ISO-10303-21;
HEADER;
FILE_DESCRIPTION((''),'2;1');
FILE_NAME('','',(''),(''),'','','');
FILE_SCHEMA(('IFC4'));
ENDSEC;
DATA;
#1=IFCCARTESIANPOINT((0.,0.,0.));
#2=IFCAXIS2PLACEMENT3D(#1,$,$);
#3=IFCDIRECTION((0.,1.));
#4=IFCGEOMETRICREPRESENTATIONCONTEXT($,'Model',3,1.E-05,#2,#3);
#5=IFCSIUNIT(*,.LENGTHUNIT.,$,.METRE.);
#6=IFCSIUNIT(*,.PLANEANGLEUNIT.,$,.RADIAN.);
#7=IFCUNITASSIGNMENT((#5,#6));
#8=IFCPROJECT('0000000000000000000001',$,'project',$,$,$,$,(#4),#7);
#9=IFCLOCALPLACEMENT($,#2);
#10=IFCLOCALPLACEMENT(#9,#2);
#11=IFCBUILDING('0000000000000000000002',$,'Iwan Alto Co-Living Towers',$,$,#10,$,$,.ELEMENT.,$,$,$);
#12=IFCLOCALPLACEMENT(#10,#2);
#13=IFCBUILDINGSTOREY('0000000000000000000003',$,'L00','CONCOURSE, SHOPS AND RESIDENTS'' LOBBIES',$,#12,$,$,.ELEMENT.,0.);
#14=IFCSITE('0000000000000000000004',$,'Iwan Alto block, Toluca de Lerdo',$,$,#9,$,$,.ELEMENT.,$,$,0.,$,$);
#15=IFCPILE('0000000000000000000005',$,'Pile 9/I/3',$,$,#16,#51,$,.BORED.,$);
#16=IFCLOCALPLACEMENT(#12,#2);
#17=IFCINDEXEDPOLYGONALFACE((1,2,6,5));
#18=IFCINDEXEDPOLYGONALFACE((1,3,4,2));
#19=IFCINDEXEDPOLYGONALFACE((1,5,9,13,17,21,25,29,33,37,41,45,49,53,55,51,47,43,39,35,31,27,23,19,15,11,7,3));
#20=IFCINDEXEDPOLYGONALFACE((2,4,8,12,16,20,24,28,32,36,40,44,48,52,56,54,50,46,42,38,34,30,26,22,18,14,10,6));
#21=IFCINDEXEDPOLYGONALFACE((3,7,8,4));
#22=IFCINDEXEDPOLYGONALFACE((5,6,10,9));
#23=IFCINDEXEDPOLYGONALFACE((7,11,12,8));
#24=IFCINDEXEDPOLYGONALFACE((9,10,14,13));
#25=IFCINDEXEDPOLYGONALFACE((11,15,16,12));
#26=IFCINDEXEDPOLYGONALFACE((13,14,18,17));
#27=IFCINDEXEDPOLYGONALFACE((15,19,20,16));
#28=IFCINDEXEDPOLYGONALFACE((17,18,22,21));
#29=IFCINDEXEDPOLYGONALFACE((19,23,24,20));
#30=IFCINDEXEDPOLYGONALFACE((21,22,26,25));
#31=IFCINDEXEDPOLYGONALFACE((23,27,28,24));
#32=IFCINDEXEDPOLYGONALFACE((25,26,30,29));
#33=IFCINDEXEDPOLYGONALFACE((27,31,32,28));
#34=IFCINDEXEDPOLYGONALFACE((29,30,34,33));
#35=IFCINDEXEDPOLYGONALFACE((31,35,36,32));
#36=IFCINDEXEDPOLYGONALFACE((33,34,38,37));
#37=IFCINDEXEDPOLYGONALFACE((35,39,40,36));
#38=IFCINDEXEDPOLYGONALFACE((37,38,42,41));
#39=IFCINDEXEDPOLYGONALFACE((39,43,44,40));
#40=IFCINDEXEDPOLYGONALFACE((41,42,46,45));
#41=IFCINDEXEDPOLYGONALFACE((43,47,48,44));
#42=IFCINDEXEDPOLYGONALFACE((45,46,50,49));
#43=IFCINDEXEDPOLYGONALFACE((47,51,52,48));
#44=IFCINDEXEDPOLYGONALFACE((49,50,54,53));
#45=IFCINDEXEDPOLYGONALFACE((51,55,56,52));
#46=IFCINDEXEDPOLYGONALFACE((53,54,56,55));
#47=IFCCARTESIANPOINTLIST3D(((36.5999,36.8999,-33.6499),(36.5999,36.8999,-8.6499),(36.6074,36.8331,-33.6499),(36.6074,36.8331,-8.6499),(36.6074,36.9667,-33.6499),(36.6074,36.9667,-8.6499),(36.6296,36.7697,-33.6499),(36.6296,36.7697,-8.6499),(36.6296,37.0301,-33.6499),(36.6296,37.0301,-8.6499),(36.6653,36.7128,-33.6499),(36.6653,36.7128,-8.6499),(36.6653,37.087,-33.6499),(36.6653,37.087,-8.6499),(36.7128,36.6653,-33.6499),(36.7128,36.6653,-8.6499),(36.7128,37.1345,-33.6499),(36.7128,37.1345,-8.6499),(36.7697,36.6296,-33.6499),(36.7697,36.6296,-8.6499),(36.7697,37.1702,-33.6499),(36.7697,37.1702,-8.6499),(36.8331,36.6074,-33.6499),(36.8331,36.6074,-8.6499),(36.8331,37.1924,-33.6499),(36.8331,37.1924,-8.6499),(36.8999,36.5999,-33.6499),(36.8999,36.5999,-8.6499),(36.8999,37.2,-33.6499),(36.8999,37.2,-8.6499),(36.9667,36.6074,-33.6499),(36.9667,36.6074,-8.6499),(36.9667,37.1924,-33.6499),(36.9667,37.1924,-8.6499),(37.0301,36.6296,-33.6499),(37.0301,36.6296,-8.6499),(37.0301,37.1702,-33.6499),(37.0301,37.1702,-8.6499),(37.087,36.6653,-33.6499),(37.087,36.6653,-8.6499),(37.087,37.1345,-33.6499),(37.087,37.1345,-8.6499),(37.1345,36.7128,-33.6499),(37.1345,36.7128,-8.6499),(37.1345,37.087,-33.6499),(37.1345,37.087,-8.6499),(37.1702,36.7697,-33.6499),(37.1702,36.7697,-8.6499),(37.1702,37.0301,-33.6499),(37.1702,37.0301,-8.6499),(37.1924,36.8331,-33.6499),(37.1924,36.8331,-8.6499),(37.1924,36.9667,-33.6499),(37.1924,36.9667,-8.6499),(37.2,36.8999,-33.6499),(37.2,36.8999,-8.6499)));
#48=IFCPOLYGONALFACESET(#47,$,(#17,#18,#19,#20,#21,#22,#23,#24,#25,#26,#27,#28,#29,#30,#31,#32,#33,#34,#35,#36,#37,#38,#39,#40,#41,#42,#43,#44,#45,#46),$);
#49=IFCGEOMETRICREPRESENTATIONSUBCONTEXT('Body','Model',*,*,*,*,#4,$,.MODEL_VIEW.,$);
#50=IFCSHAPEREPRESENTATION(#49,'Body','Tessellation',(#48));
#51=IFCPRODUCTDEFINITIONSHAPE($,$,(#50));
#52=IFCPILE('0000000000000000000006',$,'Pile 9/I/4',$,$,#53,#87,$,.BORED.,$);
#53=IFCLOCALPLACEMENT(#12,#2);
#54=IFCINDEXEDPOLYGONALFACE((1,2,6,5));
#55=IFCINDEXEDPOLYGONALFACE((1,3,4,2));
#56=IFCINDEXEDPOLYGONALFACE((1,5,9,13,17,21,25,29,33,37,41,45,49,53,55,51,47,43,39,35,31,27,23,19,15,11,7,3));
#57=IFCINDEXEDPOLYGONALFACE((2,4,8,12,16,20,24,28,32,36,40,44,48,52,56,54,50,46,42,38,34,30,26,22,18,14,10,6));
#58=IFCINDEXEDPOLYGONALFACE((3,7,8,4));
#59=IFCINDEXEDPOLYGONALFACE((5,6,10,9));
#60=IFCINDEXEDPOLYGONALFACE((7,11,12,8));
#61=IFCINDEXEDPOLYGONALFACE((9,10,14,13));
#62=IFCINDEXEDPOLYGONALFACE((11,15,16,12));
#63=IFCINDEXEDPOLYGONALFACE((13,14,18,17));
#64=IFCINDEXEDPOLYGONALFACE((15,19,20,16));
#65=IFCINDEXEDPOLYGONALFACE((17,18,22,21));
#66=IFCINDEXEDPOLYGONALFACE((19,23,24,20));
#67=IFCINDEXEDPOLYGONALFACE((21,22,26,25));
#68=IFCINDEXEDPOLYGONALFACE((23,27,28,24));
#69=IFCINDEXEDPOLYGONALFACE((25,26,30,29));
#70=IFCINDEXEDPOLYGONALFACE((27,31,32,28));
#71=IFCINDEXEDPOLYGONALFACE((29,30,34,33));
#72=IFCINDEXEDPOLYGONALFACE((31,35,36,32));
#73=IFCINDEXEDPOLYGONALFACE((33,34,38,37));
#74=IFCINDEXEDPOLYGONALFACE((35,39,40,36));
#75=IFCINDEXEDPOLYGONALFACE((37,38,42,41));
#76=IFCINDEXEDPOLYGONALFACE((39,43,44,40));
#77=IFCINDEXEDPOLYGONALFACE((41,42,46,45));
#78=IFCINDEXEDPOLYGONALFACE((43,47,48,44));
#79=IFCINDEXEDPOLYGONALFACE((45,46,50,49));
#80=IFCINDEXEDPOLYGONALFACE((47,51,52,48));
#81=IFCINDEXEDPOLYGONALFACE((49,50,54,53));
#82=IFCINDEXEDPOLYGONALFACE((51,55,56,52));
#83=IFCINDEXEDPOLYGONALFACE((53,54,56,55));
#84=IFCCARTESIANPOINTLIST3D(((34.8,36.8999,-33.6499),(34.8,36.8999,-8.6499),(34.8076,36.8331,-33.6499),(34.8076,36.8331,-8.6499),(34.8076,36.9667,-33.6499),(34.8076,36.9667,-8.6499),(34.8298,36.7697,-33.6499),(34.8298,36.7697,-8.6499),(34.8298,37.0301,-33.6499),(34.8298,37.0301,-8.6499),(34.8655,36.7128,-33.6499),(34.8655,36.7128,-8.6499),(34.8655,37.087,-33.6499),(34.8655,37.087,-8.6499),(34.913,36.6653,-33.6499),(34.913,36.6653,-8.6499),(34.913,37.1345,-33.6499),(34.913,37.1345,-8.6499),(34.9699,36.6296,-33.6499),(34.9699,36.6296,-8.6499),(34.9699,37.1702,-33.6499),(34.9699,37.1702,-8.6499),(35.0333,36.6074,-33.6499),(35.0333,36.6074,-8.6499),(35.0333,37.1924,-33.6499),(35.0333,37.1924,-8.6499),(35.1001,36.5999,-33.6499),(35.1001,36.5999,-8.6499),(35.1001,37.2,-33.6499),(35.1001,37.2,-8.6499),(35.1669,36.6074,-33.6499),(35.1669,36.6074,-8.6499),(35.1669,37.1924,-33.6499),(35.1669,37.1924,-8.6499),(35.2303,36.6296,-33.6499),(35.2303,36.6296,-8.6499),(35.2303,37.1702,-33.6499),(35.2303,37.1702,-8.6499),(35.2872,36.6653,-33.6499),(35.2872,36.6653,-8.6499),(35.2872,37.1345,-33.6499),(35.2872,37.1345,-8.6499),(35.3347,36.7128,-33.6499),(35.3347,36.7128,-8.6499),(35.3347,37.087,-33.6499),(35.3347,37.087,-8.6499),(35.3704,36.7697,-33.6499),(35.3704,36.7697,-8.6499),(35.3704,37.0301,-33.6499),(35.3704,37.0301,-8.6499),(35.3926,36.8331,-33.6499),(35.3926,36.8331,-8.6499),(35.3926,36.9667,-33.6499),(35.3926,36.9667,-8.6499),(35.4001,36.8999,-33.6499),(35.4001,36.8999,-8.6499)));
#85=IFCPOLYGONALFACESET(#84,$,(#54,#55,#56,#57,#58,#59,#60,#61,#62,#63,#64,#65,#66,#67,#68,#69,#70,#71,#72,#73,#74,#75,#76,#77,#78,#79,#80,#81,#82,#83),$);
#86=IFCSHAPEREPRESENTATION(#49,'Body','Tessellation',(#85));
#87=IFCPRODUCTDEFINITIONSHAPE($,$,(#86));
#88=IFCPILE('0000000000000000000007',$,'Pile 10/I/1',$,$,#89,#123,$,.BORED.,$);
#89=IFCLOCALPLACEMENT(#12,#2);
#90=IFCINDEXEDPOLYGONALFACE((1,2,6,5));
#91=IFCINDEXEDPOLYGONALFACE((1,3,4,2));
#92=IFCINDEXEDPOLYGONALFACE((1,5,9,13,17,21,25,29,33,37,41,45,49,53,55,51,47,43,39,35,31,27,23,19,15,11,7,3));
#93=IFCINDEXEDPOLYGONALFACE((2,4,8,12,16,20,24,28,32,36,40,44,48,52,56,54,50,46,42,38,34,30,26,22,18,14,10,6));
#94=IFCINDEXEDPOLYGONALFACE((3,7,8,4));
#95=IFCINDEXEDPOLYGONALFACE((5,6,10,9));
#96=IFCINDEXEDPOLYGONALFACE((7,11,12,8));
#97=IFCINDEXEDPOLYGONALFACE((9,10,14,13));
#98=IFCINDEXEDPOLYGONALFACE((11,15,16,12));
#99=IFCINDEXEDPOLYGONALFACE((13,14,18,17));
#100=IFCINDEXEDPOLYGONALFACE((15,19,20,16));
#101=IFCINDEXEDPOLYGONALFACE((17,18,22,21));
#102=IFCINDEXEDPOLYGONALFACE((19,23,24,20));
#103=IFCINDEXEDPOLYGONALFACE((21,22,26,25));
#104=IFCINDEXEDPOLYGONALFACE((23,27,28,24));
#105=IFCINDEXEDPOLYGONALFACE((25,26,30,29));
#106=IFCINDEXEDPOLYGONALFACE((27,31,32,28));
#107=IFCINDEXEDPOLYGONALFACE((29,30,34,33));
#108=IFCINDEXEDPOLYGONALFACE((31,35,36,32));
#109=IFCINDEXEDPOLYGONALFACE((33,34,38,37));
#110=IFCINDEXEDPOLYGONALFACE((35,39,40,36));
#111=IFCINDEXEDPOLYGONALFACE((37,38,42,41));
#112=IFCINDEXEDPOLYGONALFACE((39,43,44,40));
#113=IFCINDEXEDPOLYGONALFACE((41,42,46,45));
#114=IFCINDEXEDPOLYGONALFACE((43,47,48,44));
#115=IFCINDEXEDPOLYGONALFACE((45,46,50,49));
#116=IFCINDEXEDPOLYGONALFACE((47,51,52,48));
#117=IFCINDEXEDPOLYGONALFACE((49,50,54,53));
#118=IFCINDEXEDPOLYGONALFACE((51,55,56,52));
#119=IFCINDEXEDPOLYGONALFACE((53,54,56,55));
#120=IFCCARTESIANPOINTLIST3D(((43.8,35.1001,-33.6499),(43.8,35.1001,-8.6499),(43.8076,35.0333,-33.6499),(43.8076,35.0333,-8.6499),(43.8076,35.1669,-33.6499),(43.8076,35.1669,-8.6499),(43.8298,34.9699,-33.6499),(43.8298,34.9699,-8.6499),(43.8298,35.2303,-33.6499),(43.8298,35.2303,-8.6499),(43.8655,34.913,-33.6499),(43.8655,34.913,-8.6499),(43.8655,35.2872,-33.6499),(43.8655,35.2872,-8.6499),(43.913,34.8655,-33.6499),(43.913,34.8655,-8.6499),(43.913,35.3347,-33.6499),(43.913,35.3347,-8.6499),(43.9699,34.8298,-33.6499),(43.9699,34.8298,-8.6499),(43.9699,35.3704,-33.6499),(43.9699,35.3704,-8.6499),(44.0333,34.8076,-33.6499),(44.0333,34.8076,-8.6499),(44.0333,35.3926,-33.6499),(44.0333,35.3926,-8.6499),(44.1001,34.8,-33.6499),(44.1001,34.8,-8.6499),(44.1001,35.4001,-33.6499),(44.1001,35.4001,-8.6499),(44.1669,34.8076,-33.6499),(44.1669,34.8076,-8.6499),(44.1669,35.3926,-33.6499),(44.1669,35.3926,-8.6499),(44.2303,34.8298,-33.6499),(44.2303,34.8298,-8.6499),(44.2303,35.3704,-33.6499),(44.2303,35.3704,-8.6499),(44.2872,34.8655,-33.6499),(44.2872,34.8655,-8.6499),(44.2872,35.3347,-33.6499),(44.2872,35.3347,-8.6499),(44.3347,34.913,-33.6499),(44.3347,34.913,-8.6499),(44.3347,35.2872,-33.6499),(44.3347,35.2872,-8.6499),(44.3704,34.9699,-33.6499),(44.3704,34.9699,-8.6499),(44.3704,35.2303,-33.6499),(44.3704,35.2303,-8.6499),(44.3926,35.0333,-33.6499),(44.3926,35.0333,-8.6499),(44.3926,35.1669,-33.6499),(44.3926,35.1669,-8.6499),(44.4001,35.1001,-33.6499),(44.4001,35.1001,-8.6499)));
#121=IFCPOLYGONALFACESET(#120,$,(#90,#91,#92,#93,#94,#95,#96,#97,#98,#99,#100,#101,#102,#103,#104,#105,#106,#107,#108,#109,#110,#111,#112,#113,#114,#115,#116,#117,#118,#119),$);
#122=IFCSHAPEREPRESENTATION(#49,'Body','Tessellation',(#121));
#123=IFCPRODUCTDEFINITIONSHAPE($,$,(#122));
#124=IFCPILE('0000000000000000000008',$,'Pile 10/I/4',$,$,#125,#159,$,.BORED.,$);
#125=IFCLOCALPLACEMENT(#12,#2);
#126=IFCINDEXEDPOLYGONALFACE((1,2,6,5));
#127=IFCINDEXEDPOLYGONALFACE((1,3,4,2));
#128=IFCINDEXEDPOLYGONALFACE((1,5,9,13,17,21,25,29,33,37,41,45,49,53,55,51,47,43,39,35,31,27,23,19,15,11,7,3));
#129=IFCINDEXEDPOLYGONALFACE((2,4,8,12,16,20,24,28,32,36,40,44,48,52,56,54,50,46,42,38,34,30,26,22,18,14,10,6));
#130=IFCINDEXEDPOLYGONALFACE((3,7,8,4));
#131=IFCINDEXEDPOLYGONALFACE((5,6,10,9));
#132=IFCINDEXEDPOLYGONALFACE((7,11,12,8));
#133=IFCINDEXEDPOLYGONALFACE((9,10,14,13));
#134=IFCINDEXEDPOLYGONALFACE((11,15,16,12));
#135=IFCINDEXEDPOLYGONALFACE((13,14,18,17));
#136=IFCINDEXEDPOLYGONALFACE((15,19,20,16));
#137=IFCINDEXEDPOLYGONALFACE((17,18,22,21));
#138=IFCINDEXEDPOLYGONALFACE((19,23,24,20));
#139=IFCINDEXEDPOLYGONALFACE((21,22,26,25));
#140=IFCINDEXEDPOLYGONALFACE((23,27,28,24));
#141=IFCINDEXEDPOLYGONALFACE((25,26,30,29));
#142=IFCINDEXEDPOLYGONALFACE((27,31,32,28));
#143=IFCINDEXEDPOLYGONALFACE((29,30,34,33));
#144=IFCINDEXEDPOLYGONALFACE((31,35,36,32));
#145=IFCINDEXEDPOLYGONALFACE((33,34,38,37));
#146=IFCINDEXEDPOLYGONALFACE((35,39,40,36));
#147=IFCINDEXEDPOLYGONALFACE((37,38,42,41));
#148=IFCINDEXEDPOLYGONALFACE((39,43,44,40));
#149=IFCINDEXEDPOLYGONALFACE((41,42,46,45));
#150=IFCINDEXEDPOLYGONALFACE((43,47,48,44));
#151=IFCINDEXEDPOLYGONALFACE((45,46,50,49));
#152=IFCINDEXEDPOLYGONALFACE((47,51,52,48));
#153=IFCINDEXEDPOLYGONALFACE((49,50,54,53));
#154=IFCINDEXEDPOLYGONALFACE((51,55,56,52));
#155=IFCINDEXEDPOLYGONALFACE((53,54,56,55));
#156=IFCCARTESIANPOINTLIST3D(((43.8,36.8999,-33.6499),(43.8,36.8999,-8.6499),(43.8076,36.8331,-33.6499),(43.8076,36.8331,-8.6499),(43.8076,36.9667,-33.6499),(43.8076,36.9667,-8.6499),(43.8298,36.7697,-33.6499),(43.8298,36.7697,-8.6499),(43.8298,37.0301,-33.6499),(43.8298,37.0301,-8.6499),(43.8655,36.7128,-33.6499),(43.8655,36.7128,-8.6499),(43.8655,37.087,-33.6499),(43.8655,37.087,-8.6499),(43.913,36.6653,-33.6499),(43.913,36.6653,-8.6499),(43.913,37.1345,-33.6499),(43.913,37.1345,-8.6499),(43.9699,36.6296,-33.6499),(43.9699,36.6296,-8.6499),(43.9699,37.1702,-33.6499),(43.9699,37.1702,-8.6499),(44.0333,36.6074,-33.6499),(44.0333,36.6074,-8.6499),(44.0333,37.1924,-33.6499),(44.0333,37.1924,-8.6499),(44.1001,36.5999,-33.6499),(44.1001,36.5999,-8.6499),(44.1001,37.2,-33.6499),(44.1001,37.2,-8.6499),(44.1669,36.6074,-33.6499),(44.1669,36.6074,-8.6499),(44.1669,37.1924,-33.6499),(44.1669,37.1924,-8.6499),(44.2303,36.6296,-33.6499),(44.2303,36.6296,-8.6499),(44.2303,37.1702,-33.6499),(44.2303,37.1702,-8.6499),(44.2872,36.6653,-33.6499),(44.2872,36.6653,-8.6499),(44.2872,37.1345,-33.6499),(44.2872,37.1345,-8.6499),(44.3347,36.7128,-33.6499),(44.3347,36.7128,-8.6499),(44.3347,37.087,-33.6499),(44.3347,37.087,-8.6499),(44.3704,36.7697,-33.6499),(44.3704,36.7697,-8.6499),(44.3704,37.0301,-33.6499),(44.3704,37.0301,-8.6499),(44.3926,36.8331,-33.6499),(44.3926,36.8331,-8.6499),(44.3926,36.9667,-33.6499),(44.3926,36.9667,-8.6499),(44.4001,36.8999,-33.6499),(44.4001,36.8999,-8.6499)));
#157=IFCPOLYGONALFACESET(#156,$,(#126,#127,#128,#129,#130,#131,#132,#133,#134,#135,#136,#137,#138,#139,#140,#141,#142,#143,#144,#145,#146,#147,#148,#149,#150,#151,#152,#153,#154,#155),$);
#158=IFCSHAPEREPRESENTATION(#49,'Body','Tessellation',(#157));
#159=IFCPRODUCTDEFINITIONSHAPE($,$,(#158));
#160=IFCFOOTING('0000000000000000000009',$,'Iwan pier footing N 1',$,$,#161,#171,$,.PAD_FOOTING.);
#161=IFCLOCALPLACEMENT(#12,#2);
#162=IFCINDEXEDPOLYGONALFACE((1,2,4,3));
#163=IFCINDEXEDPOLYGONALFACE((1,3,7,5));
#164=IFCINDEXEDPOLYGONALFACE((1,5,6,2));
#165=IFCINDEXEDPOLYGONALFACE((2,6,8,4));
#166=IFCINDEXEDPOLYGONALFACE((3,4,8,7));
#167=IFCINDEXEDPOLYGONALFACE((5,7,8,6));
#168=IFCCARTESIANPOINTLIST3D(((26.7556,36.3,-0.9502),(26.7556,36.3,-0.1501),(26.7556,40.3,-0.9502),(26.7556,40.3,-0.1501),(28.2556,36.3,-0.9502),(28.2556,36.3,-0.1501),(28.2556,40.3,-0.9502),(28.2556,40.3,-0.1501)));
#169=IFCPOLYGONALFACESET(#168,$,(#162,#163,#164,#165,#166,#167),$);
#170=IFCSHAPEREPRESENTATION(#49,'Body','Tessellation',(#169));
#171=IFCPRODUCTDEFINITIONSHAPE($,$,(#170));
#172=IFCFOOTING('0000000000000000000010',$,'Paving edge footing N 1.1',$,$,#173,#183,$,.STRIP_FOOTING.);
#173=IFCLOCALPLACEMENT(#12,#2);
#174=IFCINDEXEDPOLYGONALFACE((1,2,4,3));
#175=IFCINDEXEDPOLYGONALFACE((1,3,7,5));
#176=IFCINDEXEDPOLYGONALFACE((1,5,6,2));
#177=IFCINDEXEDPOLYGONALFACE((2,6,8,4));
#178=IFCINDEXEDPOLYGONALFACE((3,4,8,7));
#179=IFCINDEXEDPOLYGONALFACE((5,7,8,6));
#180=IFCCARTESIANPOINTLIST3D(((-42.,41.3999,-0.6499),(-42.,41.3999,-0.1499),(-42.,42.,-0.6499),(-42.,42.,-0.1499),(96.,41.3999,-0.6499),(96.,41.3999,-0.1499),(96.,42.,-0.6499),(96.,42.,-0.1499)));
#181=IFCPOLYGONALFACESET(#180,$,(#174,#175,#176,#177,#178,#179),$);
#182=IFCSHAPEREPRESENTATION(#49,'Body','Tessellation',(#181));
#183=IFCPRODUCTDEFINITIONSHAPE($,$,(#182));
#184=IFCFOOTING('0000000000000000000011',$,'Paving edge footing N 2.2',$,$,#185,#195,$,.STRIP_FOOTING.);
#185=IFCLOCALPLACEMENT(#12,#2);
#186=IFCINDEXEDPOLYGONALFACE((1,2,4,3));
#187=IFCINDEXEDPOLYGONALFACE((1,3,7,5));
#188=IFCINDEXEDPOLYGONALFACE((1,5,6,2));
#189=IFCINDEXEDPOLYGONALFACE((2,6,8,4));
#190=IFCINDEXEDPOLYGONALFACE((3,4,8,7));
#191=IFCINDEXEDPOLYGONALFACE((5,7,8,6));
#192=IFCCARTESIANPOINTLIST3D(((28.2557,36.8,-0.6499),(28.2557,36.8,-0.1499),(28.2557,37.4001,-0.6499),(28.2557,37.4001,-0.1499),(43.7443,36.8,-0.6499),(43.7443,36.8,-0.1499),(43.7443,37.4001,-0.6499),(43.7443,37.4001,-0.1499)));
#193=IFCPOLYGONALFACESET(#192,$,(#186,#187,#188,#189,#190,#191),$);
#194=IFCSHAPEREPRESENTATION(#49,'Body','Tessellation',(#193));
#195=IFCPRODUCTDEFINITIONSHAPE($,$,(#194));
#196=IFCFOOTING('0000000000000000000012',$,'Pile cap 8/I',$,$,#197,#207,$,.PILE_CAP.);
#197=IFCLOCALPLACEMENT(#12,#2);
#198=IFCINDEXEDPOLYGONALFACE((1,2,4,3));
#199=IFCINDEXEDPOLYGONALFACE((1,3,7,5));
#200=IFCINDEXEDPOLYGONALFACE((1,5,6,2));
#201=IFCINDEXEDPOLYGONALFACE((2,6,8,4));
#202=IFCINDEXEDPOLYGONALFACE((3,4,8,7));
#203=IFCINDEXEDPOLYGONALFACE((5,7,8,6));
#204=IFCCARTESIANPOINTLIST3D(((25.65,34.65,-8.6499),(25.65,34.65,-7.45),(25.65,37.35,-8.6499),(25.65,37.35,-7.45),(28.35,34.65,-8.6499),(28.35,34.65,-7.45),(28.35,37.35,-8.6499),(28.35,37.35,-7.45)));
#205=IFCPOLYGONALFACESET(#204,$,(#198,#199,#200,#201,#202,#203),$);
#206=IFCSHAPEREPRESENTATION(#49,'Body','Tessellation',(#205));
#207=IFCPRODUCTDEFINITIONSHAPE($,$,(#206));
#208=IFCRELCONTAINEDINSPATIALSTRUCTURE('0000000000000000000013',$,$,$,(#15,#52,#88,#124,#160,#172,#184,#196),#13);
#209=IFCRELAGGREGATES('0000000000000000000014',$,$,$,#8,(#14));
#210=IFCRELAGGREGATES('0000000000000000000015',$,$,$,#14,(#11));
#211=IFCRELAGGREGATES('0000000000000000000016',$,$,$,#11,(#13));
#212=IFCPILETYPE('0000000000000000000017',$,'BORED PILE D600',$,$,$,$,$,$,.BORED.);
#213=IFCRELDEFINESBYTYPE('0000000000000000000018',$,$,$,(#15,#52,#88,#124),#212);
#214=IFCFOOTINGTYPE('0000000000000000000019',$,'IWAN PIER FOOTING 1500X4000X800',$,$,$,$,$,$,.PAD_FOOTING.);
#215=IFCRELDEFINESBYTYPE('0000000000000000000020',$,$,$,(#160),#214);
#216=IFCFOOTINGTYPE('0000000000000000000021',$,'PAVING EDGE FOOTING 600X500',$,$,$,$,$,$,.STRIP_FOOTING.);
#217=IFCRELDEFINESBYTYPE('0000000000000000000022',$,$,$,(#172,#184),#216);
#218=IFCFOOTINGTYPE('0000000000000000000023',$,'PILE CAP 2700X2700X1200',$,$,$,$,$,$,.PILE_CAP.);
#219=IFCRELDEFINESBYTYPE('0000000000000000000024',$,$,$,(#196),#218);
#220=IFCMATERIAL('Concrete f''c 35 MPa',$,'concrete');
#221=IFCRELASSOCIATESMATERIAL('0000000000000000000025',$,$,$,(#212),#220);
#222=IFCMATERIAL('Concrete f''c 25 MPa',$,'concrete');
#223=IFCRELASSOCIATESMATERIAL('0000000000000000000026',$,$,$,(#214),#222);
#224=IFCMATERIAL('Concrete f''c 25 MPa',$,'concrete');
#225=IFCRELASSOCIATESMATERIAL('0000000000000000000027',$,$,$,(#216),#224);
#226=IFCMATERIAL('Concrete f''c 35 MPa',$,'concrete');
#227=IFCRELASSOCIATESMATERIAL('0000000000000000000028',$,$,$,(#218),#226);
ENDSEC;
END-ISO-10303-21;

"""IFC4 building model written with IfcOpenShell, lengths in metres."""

from ifc_helpers import new_model, si_unit, direction, frame, origin, origin_2d, place, context, subcontext, project, spatial, rectangle, circle, extrude, material, material_profile, profile_set, type_object, element, save


model = new_model("IFC4")

# Units and contexts
model_context = context("Model", 3, precision=1e-05, world=origin(), true_north=direction((0.0, 1.0)))
body_context = subcontext(model_context, "Body", "Model", "MODEL_VIEW")
ifc_project = project(units=[si_unit("LENGTHUNIT", "METRE"), si_unit("PLANEANGLEUNIT", "RADIAN")], contexts=[model_context])

# Site, building, storey
site_placement = place(None, origin())
site = spatial("IfcSite", under=ifc_project, at=site_placement, Name="Iwan Alto block, Toluca de Lerdo", CompositionType="ELEMENT", RefElevation=0.0)
building_placement = place(site_placement, origin())
building = spatial("IfcBuilding", under=site, at=building_placement, Name="Iwan Alto Co-Living Towers", CompositionType="ELEMENT")
storey_placement = place(building_placement, origin())
storey = spatial("IfcBuildingStorey", under=building, at=storey_placement, Name="L00", Description="CONCOURSE, SHOPS AND RESIDENTS' LOBBIES", CompositionType="ELEMENT", Elevation=0.0)

# Piles
ifc_material_1 = material(Name="Concrete f'c 35 MPa", Category="concrete")
ifc_material_profile_1 = material_profile(ifc_material_1, circle(Radius=0.3, at=origin_2d()), Name="D600")
ifc_profile_set_1 = profile_set([ifc_material_profile_1], Name="Concrete f'c 35 MPa")
pile_type = type_object("IfcPileType", Name="BORED PILE D600", PredefinedType="BORED", material=ifc_profile_set_1)
for number, where, z_axis, x_axis, name in (
    (1, (36.8999, 36.8999, -8.6499), (0.0, 0.0, -1.0), (1.0, 0.0, 0.0), "Pile 9/I/3"),
    (2, (35.1001, 36.8999, -8.6499), (0.0, 0.0, -1.0), (1.0, 0.0, 0.0), "Pile 9/I/4"),
    (3, (44.1001, 35.1001, -8.6499), (0.0, 0.0, -1.0), (1.0, 0.0, 0.0), "Pile 10/I/1"),
    (4, (44.1001, 36.8999, -8.6499), (0.0, 0.0, -1.0), (1.0, 0.0, 0.0), "Pile 10/I/4"),
):
    element("IfcPile", number, at=place(storey_placement, frame(where, z_axis=z_axis, x_axis=x_axis)), inside=storey, type_object=pile_type, Name=name, PredefinedType="BORED", context=body_context, shape_type="SweptSolid", body=[
        extrude(circle(Radius=0.3, at=origin_2d()), origin(), (0.0, 0.0, 1.0), 25.0),
    ])

# Footings
ifc_material_2 = material(Name="Concrete f'c 25 MPa", Category="concrete")
footing_type_1 = type_object("IfcFootingType", Name="IWAN PIER FOOTING 1500X4000X800", PredefinedType="PAD_FOOTING", material=ifc_material_2)
footing_1_placement = place(storey_placement, frame((27.5056, 38.3, -0.9502), z_axis=(0.0, 0.0, 1.0), x_axis=(1.0, 0.0, 0.0)))
element("IfcFooting", 5, at=footing_1_placement, inside=storey, type_object=footing_type_1, Name="Iwan pier footing N 1", PredefinedType="PAD_FOOTING", context=body_context, shape_type="SweptSolid", body=[
    extrude(rectangle(XDim=1.5, YDim=4.0, at=origin_2d()), origin(), (0.0, 0.0, 1.0), 0.8),
])
ifc_material_3 = material(Name="Concrete f'c 25 MPa", Category="concrete")
footing_type_2 = type_object("IfcFootingType", Name="PAVING EDGE FOOTING 600X500", PredefinedType="STRIP_FOOTING", material=ifc_material_3)
footing_2_placement = place(storey_placement, frame((27.0, 41.7, -0.6499), z_axis=(0.0, 0.0, 1.0), x_axis=(1.0, 0.0, 0.0)))
element("IfcFooting", 6, at=footing_2_placement, inside=storey, type_object=footing_type_2, Name="Paving edge footing N 1.1", PredefinedType="STRIP_FOOTING", context=body_context, shape_type="SweptSolid", body=[
    extrude(rectangle(XDim=138.0, YDim=0.6001, at=origin_2d()), origin(), (0.0, 0.0, 1.0), 0.5),
])
footing_3_placement = place(storey_placement, frame((36.0, 37.1001, -0.6499), z_axis=(0.0, 0.0, 1.0), x_axis=(1.0, 0.0, 0.0)))
element("IfcFooting", 7, at=footing_3_placement, inside=storey, type_object=footing_type_2, Name="Paving edge footing N 2.2", PredefinedType="STRIP_FOOTING", context=body_context, shape_type="SweptSolid", body=[
    extrude(rectangle(XDim=15.4885, YDim=0.6001, at=origin_2d()), origin(), (0.0, 0.0, 1.0), 0.5),
])
ifc_material_4 = material(Name="Concrete f'c 35 MPa", Category="concrete")
footing_type_3 = type_object("IfcFootingType", Name="PILE CAP 2700X2700X1200", PredefinedType="PILE_CAP", material=ifc_material_4)
for number, where, z_axis, x_axis, name in (
    (8, (27.0, 36.0, -8.6499), (0.0, 0.0, 1.0), (1.0, 0.0, 0.0), "Pile cap 8/I"),
):
    element("IfcFooting", number, at=place(storey_placement, frame(where, z_axis=z_axis, x_axis=x_axis)), inside=storey, type_object=footing_type_3, Name=name, PredefinedType="PILE_CAP", context=body_context, shape_type="SweptSolid", body=[
        extrude(rectangle(XDim=2.7, YDim=2.7, at=origin_2d()), origin(), (0.0, 0.0, 1.0), 1.2),
    ])

save(model, "model.ifc")
